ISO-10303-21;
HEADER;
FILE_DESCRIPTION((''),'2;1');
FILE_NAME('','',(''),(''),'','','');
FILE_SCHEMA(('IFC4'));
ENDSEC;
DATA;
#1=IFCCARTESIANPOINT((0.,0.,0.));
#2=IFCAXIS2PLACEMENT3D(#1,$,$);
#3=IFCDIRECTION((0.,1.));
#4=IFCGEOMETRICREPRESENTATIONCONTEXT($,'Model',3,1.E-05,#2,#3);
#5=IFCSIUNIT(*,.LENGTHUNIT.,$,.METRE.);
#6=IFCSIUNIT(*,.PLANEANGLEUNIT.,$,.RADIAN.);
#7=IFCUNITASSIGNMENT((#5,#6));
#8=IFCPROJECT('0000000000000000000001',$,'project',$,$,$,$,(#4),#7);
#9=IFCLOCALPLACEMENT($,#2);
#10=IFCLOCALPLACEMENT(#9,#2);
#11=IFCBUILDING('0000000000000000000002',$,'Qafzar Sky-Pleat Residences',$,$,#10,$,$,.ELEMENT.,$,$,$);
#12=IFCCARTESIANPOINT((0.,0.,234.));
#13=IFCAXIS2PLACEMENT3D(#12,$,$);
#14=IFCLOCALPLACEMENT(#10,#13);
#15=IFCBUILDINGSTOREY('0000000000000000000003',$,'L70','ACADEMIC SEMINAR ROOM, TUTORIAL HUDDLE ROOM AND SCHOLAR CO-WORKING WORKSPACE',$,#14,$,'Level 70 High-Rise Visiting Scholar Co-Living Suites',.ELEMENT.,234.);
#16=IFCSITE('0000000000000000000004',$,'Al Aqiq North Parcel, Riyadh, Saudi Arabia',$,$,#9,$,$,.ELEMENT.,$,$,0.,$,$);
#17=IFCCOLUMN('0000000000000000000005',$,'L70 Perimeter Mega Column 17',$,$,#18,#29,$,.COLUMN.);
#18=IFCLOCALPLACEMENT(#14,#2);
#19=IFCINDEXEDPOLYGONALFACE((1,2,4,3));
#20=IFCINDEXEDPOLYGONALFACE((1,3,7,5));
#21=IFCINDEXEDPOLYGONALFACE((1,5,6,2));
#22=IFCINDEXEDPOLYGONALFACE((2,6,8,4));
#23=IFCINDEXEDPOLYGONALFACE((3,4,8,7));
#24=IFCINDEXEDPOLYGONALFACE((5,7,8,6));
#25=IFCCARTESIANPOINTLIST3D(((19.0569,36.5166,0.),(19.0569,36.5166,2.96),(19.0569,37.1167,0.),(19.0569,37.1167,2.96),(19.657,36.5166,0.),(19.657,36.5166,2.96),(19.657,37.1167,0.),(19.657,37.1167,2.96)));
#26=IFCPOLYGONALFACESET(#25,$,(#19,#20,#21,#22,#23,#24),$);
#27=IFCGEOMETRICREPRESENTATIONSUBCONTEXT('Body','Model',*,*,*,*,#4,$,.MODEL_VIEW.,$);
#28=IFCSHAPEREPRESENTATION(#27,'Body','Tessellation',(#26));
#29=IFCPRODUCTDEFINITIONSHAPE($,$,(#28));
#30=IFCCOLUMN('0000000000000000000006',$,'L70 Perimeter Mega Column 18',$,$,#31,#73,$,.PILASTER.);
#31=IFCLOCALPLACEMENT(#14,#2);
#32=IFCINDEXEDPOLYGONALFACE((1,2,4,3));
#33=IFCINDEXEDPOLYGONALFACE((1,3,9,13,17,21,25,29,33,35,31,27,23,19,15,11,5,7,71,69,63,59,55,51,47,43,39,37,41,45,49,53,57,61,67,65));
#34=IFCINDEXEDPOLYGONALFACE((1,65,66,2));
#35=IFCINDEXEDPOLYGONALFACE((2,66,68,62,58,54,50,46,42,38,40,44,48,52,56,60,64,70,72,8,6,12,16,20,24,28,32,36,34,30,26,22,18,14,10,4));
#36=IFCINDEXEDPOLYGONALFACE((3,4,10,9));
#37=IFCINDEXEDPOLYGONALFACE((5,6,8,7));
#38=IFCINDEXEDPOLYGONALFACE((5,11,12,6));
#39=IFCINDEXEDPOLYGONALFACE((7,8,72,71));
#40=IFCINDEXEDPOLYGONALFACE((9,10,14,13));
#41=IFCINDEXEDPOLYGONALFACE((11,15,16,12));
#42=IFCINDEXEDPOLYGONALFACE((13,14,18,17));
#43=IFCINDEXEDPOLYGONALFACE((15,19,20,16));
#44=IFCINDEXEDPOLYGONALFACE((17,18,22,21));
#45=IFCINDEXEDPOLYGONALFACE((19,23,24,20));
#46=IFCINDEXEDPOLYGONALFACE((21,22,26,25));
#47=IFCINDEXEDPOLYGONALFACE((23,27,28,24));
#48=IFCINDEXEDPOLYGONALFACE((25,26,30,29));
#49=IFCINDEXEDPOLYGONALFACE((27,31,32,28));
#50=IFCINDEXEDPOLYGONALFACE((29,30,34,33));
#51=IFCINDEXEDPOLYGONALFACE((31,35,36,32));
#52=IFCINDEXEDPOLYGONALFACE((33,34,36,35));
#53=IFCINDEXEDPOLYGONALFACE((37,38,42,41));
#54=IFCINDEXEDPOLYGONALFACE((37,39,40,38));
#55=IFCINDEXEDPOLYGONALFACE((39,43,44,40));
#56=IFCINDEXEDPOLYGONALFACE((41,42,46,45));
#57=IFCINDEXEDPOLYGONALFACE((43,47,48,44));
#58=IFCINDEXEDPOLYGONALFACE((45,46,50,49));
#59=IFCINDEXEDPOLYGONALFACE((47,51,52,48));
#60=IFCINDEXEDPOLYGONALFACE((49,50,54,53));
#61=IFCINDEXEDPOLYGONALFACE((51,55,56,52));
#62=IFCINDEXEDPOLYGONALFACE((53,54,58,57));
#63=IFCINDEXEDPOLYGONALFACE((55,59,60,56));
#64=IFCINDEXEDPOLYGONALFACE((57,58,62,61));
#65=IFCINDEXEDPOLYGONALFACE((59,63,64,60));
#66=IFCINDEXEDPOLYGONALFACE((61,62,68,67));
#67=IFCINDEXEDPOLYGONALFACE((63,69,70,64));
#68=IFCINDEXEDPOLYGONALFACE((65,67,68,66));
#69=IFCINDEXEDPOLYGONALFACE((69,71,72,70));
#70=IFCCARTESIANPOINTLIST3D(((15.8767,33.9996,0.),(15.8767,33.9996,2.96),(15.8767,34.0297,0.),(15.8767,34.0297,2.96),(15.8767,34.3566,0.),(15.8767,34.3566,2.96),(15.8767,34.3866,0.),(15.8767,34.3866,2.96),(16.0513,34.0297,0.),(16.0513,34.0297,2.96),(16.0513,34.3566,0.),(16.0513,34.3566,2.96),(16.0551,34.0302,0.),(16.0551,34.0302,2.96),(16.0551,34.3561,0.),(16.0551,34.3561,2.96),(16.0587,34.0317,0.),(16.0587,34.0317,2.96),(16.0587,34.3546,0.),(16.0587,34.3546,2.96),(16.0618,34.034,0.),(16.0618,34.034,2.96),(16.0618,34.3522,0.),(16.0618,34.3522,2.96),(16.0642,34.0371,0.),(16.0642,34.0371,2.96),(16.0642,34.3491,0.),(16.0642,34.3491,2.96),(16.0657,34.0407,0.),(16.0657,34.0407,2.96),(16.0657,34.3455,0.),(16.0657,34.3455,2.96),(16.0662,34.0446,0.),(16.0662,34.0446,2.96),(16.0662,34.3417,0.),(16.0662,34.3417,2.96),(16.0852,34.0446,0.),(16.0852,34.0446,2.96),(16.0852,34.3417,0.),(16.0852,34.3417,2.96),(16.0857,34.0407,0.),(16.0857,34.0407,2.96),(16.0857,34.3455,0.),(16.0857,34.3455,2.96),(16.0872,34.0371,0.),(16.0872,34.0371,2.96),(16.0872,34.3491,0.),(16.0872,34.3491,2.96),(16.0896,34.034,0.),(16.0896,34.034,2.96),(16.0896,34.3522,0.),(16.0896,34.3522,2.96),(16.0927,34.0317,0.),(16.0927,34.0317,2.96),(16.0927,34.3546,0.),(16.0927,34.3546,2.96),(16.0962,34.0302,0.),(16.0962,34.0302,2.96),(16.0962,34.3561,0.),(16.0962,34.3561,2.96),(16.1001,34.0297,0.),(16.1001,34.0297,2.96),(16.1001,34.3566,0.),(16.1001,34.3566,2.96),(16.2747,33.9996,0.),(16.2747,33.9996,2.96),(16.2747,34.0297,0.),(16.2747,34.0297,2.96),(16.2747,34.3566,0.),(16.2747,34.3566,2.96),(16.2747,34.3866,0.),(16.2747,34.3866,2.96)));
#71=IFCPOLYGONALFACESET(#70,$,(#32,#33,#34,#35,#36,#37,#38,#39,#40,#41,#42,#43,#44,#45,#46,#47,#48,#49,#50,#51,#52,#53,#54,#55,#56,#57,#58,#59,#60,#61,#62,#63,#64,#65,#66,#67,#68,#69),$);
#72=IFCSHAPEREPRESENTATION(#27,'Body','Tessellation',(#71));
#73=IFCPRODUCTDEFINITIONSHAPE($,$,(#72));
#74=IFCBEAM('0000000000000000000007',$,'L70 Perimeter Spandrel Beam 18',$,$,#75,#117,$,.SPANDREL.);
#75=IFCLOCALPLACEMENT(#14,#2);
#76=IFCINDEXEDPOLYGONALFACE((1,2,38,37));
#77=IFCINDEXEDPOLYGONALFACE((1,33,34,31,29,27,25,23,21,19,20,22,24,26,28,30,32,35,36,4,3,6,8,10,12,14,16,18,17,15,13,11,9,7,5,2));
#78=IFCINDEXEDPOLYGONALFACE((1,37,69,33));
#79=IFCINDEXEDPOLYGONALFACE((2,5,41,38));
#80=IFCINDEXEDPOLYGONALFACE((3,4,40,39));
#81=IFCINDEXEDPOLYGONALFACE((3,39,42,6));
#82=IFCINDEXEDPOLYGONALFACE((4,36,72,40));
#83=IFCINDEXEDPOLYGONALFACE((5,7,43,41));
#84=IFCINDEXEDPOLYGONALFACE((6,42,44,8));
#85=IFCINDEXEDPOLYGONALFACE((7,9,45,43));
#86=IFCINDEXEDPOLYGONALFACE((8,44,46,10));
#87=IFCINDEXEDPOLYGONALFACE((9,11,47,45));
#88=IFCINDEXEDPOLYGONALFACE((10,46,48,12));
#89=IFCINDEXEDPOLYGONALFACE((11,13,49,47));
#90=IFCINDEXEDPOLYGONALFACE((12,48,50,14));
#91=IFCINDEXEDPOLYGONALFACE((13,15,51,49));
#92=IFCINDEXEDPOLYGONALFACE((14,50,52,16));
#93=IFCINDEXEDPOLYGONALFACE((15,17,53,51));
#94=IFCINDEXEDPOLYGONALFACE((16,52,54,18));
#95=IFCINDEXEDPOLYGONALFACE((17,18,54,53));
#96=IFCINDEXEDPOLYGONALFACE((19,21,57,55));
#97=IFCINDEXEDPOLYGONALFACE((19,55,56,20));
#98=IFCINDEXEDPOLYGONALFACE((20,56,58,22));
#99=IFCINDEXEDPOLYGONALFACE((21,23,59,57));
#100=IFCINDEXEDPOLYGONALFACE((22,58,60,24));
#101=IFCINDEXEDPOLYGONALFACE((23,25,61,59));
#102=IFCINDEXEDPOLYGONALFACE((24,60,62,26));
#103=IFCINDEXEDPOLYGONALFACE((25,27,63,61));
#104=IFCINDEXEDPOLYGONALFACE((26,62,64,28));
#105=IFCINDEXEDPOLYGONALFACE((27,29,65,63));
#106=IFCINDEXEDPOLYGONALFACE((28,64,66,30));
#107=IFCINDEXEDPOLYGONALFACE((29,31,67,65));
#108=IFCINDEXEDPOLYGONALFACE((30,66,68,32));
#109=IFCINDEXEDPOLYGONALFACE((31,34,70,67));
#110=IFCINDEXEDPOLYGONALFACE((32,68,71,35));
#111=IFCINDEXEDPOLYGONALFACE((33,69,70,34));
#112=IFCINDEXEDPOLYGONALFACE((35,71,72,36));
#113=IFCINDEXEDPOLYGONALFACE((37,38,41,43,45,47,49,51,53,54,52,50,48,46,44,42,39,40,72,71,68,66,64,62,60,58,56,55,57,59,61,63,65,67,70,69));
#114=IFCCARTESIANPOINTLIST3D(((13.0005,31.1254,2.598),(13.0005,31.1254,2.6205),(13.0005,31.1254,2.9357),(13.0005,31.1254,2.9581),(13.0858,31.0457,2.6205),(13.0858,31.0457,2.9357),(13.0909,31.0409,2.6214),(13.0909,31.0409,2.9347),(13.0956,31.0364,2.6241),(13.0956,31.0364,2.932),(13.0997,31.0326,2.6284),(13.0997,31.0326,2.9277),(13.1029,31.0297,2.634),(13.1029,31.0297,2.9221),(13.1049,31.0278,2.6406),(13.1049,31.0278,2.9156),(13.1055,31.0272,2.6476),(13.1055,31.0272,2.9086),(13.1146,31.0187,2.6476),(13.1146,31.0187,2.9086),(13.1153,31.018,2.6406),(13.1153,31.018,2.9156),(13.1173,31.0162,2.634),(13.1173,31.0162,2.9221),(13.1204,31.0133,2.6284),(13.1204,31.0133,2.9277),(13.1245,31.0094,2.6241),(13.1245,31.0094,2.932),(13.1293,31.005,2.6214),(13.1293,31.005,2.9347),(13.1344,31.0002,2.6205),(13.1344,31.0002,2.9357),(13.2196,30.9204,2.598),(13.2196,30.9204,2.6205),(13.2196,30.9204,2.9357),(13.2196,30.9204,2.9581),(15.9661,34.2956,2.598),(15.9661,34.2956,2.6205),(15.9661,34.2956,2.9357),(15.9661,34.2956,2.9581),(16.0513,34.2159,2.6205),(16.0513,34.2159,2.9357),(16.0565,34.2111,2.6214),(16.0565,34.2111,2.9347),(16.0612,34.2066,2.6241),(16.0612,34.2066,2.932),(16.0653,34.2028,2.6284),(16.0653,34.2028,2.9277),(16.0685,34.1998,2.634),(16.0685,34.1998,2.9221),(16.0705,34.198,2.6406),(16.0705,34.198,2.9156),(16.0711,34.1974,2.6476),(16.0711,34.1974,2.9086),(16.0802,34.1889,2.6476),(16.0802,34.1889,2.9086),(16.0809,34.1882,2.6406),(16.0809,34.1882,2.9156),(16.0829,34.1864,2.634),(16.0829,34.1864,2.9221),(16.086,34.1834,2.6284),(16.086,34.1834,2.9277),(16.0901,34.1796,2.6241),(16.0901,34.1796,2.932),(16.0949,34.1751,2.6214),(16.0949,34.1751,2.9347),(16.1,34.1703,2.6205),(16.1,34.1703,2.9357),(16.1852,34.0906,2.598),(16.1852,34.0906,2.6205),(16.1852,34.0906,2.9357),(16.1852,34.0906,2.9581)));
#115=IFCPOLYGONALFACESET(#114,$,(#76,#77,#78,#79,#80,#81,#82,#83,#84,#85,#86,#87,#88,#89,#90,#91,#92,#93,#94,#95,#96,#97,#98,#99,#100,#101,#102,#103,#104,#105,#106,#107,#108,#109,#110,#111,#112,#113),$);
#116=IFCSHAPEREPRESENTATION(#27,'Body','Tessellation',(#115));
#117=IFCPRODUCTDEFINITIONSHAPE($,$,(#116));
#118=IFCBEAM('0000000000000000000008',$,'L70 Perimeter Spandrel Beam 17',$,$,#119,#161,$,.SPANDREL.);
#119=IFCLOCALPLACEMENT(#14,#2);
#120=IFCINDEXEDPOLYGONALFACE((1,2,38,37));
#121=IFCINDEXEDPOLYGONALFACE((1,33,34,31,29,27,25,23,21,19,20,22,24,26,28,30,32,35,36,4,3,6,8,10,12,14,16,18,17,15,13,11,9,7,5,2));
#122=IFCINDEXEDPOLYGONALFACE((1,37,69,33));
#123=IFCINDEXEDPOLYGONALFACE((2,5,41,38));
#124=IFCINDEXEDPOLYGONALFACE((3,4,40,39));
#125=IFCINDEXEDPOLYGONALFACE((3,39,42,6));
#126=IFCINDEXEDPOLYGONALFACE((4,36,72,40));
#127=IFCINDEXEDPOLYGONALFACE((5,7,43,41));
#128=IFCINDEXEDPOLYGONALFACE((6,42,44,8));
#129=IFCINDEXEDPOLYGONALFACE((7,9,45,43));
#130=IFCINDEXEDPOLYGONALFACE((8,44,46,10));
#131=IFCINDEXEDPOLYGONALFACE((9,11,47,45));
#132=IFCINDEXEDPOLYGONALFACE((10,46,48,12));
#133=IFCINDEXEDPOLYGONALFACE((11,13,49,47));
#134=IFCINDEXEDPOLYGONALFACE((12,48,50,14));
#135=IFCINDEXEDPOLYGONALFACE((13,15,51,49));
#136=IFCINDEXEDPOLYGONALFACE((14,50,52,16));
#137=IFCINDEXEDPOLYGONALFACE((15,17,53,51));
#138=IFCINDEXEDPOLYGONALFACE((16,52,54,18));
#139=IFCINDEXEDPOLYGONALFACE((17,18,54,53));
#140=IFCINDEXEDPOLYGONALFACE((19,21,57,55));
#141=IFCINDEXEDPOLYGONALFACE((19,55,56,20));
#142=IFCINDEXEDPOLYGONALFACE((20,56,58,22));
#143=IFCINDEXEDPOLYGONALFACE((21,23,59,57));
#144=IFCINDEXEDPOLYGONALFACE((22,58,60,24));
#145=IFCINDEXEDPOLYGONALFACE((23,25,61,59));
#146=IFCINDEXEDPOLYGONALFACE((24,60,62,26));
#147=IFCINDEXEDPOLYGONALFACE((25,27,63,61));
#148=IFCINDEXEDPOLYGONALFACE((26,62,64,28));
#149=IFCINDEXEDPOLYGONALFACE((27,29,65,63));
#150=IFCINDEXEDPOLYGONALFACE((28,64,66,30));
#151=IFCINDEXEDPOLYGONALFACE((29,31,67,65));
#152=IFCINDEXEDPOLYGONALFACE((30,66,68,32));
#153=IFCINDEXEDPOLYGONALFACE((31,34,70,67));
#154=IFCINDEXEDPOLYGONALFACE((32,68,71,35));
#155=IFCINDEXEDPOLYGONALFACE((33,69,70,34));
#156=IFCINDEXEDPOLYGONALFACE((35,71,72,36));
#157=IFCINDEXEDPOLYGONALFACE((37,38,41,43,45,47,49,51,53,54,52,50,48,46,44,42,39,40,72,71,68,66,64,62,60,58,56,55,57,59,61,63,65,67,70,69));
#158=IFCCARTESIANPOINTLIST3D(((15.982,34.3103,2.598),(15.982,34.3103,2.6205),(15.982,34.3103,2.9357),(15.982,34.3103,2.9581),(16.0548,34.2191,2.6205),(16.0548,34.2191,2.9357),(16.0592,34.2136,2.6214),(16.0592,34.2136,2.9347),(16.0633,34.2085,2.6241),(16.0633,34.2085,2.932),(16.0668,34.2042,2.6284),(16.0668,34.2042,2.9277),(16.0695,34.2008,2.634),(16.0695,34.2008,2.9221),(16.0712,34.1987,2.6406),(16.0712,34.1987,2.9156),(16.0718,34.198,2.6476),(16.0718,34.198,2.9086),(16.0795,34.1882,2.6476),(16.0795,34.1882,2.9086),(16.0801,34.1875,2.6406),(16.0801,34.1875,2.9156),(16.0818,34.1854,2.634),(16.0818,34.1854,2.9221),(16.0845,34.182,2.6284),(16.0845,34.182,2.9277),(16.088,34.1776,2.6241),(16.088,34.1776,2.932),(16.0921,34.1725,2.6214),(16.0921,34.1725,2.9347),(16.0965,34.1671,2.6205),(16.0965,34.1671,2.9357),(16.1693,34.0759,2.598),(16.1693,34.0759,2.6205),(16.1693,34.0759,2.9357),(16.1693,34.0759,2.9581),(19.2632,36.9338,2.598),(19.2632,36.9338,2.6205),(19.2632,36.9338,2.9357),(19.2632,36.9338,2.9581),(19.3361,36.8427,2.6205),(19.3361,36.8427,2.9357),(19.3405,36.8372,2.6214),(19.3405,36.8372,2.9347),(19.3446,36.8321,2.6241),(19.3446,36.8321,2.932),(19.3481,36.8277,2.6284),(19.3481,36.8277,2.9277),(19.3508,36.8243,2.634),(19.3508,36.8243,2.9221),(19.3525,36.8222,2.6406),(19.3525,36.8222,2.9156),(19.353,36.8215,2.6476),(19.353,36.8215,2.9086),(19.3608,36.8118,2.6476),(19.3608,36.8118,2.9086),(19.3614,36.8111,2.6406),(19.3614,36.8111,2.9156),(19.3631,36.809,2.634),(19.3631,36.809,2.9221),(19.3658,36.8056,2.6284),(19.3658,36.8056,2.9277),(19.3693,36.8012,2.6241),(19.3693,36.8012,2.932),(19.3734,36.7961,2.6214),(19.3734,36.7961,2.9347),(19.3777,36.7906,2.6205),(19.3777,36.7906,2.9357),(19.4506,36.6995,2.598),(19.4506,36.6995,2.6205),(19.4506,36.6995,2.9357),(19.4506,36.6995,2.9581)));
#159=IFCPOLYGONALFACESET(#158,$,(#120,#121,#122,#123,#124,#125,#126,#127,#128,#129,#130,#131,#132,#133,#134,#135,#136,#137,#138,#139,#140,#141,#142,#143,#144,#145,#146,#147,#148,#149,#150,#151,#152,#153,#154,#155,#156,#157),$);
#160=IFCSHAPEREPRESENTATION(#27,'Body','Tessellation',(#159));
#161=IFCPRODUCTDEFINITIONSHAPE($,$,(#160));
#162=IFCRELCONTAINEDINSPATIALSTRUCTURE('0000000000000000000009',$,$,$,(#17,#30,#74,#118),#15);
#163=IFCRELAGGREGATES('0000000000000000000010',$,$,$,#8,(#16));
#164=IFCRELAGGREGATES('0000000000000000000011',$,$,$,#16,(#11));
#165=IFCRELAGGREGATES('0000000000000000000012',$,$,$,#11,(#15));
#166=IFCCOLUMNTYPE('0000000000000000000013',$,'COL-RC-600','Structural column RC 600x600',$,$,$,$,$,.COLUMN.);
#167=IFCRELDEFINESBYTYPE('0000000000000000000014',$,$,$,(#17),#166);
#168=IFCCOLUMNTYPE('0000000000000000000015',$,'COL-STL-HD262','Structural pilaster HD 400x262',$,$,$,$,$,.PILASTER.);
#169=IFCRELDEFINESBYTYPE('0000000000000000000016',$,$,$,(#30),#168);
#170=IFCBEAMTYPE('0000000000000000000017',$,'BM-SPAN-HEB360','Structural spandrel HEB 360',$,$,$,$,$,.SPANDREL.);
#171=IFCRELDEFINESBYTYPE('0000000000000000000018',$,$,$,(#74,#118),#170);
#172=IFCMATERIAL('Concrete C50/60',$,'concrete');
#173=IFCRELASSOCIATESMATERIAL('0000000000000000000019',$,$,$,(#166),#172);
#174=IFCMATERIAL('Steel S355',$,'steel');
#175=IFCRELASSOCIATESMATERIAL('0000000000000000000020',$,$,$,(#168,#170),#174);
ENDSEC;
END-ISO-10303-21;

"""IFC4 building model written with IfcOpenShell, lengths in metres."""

from ifc_helpers import new_model, si_unit, direction, frame, origin, origin_2d, place, context, subcontext, project, spatial, rectangle, i_section, extrude, source, transform, mapped, material, material_profile, profile_set, type_object, element, save


model = new_model("IFC4")

# Units and contexts
model_context = context("Model", 3, precision=1e-05, world=origin(), true_north=direction((0.0, 1.0)))
body_context = subcontext(model_context, "Body", "Model", "MODEL_VIEW")
ifc_project = project(units=[si_unit("LENGTHUNIT", "METRE"), si_unit("PLANEANGLEUNIT", "RADIAN")], contexts=[model_context])

# Site, building, storey
site_placement = place(None, origin())
site = spatial("IfcSite", under=ifc_project, at=site_placement, Name="Al Aqiq North Parcel, Riyadh, Saudi Arabia", CompositionType="ELEMENT", RefElevation=0.0)
building_placement = place(site_placement, origin())
building = spatial("IfcBuilding", under=site, at=building_placement, Name="Qafzar Sky-Pleat Residences", CompositionType="ELEMENT")
storey_placement = place(building_placement, frame((0.0, 0.0, 234.0)))
storey = spatial("IfcBuildingStorey", under=building, at=storey_placement, Name="L70", Description="ACADEMIC SEMINAR ROOM, TUTORIAL HUDDLE ROOM AND SCHOLAR CO-WORKING WORKSPACE", LongName="Level 70 High-Rise Visiting Scholar Co-Living Suites", CompositionType="ELEMENT", Elevation=234.0)

# Columns
ifc_material_1 = material(Name="Concrete C50/60", Category="concrete")
ifc_material_profile_1 = material_profile(ifc_material_1, rectangle(XDim=0.6001, YDim=0.6001, at=origin_2d()), Name="RC 600x600")
ifc_profile_set_1 = profile_set([ifc_material_profile_1], Name="Concrete C50/60")
column_type_1 = type_object("IfcColumnType", Name="COL-RC-600", Description="Structural column RC 600x600", PredefinedType="COLUMN", material=ifc_profile_set_1)
shared_shape_1 = source(origin(), body_context, "Body", "SweptSolid", [
    extrude(rectangle(XDim=0.6001, YDim=0.6001, at=origin_2d()), origin(), (0.0, 0.0, 1.0), 2.96),
])
column_1_placement = place(storey_placement, frame((19.3569, 36.8167, 0.0), z_axis=(0.0, 0.0, 1.0), x_axis=(1.0, 0.0, 0.0)))
element("IfcColumn", 1, at=column_1_placement, inside=storey, type_object=column_type_1, Name="L70 Perimeter Mega Column 17", PredefinedType="COLUMN", context=body_context, shape_type="MappedRepresentation", body=[
    mapped(shared_shape_1, transform((0.0, 0.0, 0.0), x_axis=(1.0, 0.0, 0.0), y_axis=(0.0, 1.0, 0.0), z_axis=(0.0, 0.0, 1.0), scale=1.0)),
])
ifc_material_2 = material(Name="Steel S355", Category="steel")
ifc_material_profile_2 = material_profile(ifc_material_2, i_section(OverallWidth=0.3979, OverallDepth=0.387, WebThickness=0.019, FlangeThickness=0.03, FilletRadius=0.0149, at=origin_2d()), Name="HD 400x262")
ifc_profile_set_2 = profile_set([ifc_material_profile_2], Name="Steel S355")
column_type_2 = type_object("IfcColumnType", Name="COL-STL-HD262", Description="Structural pilaster HD 400x262", PredefinedType="PILASTER", material=ifc_profile_set_2)
shared_shape_2 = source(origin(), body_context, "Body", "SweptSolid", [
    extrude(i_section(OverallWidth=0.3979, OverallDepth=0.387, WebThickness=0.019, FlangeThickness=0.03, FilletRadius=0.0149, at=origin_2d()), origin(), (0.0, 0.0, 1.0), 2.96),
])
column_2_placement = place(storey_placement, frame((16.0757, 34.1931, 0.0), z_axis=(0.0, 0.0, 1.0), x_axis=(1.0, 0.0, 0.0)))
element("IfcColumn", 2, at=column_2_placement, inside=storey, type_object=column_type_2, Name="L70 Perimeter Mega Column 18", PredefinedType="PILASTER", context=body_context, shape_type="MappedRepresentation", body=[
    mapped(shared_shape_2, transform((0.0, 0.0, 0.0), x_axis=(1.0, 0.0, 0.0), y_axis=(0.0, 1.0, 0.0), z_axis=(0.0, 0.0, 1.0), scale=1.0)),
])

# Beams
ifc_material_profile_3 = material_profile(ifc_material_2, i_section(OverallWidth=0.3, OverallDepth=0.3601, WebThickness=0.0125, FlangeThickness=0.0225, FilletRadius=0.0271, at=origin_2d()), Name="HEB 360")
ifc_profile_set_3 = profile_set([ifc_material_profile_3], Name="Steel S355")
beam_type_1 = type_object("IfcBeamType", Name="BM-SPAN-HEB360", Description="Structural spandrel HEB 360", PredefinedType="SPANDREL", material=ifc_profile_set_3)
shared_shape_3 = source(origin(), body_context, "Body", "SweptSolid", [
    extrude(i_section(OverallWidth=0.3, OverallDepth=0.3601, WebThickness=0.0125, FlangeThickness=0.0225, FilletRadius=0.0271, at=origin_2d()), origin(), (0.0, 0.0, 1.0), 4.3411),
])
beam_1_placement = place(storey_placement, frame((16.0757, 34.1931, 2.7781), z_axis=(-0.683149, -0.730279, 0.0), x_axis=(0.730279, -0.683149, 0.0)))
element("IfcBeam", 3, at=beam_1_placement, inside=storey, type_object=beam_type_1, Name="L70 Perimeter Spandrel Beam 18", PredefinedType="SPANDREL", context=body_context, shape_type="MappedRepresentation", body=[
    mapped(shared_shape_3, transform((0.0, 0.0, 0.0), x_axis=(1.0, 0.0, 0.0), y_axis=(0.0, 1.0, 0.0), z_axis=(0.0, 0.0, 1.0), scale=1.0)),
])
shared_shape_4 = source(origin(), body_context, "Body", "SweptSolid", [
    extrude(i_section(OverallWidth=0.3, OverallDepth=0.3601, WebThickness=0.0125, FlangeThickness=0.0225, FilletRadius=0.0271, at=origin_2d()), origin(), (0.0, 0.0, 1.0), 4.2012),
])
beam_2_placement = place(storey_placement, frame((19.3569, 36.8167, 2.7781), z_axis=(-0.781039, -0.624482, 0.0), x_axis=(0.624482, -0.781039, 0.0)))
element("IfcBeam", 4, at=beam_2_placement, inside=storey, type_object=beam_type_1, Name="L70 Perimeter Spandrel Beam 17", PredefinedType="SPANDREL", context=body_context, shape_type="MappedRepresentation", body=[
    mapped(shared_shape_4, transform((0.0, 0.0, 0.0), x_axis=(1.0, 0.0, 0.0), y_axis=(0.0, 1.0, 0.0), z_axis=(0.0, 0.0, 1.0), scale=1.0)),
])

save(model, "model.ifc")
